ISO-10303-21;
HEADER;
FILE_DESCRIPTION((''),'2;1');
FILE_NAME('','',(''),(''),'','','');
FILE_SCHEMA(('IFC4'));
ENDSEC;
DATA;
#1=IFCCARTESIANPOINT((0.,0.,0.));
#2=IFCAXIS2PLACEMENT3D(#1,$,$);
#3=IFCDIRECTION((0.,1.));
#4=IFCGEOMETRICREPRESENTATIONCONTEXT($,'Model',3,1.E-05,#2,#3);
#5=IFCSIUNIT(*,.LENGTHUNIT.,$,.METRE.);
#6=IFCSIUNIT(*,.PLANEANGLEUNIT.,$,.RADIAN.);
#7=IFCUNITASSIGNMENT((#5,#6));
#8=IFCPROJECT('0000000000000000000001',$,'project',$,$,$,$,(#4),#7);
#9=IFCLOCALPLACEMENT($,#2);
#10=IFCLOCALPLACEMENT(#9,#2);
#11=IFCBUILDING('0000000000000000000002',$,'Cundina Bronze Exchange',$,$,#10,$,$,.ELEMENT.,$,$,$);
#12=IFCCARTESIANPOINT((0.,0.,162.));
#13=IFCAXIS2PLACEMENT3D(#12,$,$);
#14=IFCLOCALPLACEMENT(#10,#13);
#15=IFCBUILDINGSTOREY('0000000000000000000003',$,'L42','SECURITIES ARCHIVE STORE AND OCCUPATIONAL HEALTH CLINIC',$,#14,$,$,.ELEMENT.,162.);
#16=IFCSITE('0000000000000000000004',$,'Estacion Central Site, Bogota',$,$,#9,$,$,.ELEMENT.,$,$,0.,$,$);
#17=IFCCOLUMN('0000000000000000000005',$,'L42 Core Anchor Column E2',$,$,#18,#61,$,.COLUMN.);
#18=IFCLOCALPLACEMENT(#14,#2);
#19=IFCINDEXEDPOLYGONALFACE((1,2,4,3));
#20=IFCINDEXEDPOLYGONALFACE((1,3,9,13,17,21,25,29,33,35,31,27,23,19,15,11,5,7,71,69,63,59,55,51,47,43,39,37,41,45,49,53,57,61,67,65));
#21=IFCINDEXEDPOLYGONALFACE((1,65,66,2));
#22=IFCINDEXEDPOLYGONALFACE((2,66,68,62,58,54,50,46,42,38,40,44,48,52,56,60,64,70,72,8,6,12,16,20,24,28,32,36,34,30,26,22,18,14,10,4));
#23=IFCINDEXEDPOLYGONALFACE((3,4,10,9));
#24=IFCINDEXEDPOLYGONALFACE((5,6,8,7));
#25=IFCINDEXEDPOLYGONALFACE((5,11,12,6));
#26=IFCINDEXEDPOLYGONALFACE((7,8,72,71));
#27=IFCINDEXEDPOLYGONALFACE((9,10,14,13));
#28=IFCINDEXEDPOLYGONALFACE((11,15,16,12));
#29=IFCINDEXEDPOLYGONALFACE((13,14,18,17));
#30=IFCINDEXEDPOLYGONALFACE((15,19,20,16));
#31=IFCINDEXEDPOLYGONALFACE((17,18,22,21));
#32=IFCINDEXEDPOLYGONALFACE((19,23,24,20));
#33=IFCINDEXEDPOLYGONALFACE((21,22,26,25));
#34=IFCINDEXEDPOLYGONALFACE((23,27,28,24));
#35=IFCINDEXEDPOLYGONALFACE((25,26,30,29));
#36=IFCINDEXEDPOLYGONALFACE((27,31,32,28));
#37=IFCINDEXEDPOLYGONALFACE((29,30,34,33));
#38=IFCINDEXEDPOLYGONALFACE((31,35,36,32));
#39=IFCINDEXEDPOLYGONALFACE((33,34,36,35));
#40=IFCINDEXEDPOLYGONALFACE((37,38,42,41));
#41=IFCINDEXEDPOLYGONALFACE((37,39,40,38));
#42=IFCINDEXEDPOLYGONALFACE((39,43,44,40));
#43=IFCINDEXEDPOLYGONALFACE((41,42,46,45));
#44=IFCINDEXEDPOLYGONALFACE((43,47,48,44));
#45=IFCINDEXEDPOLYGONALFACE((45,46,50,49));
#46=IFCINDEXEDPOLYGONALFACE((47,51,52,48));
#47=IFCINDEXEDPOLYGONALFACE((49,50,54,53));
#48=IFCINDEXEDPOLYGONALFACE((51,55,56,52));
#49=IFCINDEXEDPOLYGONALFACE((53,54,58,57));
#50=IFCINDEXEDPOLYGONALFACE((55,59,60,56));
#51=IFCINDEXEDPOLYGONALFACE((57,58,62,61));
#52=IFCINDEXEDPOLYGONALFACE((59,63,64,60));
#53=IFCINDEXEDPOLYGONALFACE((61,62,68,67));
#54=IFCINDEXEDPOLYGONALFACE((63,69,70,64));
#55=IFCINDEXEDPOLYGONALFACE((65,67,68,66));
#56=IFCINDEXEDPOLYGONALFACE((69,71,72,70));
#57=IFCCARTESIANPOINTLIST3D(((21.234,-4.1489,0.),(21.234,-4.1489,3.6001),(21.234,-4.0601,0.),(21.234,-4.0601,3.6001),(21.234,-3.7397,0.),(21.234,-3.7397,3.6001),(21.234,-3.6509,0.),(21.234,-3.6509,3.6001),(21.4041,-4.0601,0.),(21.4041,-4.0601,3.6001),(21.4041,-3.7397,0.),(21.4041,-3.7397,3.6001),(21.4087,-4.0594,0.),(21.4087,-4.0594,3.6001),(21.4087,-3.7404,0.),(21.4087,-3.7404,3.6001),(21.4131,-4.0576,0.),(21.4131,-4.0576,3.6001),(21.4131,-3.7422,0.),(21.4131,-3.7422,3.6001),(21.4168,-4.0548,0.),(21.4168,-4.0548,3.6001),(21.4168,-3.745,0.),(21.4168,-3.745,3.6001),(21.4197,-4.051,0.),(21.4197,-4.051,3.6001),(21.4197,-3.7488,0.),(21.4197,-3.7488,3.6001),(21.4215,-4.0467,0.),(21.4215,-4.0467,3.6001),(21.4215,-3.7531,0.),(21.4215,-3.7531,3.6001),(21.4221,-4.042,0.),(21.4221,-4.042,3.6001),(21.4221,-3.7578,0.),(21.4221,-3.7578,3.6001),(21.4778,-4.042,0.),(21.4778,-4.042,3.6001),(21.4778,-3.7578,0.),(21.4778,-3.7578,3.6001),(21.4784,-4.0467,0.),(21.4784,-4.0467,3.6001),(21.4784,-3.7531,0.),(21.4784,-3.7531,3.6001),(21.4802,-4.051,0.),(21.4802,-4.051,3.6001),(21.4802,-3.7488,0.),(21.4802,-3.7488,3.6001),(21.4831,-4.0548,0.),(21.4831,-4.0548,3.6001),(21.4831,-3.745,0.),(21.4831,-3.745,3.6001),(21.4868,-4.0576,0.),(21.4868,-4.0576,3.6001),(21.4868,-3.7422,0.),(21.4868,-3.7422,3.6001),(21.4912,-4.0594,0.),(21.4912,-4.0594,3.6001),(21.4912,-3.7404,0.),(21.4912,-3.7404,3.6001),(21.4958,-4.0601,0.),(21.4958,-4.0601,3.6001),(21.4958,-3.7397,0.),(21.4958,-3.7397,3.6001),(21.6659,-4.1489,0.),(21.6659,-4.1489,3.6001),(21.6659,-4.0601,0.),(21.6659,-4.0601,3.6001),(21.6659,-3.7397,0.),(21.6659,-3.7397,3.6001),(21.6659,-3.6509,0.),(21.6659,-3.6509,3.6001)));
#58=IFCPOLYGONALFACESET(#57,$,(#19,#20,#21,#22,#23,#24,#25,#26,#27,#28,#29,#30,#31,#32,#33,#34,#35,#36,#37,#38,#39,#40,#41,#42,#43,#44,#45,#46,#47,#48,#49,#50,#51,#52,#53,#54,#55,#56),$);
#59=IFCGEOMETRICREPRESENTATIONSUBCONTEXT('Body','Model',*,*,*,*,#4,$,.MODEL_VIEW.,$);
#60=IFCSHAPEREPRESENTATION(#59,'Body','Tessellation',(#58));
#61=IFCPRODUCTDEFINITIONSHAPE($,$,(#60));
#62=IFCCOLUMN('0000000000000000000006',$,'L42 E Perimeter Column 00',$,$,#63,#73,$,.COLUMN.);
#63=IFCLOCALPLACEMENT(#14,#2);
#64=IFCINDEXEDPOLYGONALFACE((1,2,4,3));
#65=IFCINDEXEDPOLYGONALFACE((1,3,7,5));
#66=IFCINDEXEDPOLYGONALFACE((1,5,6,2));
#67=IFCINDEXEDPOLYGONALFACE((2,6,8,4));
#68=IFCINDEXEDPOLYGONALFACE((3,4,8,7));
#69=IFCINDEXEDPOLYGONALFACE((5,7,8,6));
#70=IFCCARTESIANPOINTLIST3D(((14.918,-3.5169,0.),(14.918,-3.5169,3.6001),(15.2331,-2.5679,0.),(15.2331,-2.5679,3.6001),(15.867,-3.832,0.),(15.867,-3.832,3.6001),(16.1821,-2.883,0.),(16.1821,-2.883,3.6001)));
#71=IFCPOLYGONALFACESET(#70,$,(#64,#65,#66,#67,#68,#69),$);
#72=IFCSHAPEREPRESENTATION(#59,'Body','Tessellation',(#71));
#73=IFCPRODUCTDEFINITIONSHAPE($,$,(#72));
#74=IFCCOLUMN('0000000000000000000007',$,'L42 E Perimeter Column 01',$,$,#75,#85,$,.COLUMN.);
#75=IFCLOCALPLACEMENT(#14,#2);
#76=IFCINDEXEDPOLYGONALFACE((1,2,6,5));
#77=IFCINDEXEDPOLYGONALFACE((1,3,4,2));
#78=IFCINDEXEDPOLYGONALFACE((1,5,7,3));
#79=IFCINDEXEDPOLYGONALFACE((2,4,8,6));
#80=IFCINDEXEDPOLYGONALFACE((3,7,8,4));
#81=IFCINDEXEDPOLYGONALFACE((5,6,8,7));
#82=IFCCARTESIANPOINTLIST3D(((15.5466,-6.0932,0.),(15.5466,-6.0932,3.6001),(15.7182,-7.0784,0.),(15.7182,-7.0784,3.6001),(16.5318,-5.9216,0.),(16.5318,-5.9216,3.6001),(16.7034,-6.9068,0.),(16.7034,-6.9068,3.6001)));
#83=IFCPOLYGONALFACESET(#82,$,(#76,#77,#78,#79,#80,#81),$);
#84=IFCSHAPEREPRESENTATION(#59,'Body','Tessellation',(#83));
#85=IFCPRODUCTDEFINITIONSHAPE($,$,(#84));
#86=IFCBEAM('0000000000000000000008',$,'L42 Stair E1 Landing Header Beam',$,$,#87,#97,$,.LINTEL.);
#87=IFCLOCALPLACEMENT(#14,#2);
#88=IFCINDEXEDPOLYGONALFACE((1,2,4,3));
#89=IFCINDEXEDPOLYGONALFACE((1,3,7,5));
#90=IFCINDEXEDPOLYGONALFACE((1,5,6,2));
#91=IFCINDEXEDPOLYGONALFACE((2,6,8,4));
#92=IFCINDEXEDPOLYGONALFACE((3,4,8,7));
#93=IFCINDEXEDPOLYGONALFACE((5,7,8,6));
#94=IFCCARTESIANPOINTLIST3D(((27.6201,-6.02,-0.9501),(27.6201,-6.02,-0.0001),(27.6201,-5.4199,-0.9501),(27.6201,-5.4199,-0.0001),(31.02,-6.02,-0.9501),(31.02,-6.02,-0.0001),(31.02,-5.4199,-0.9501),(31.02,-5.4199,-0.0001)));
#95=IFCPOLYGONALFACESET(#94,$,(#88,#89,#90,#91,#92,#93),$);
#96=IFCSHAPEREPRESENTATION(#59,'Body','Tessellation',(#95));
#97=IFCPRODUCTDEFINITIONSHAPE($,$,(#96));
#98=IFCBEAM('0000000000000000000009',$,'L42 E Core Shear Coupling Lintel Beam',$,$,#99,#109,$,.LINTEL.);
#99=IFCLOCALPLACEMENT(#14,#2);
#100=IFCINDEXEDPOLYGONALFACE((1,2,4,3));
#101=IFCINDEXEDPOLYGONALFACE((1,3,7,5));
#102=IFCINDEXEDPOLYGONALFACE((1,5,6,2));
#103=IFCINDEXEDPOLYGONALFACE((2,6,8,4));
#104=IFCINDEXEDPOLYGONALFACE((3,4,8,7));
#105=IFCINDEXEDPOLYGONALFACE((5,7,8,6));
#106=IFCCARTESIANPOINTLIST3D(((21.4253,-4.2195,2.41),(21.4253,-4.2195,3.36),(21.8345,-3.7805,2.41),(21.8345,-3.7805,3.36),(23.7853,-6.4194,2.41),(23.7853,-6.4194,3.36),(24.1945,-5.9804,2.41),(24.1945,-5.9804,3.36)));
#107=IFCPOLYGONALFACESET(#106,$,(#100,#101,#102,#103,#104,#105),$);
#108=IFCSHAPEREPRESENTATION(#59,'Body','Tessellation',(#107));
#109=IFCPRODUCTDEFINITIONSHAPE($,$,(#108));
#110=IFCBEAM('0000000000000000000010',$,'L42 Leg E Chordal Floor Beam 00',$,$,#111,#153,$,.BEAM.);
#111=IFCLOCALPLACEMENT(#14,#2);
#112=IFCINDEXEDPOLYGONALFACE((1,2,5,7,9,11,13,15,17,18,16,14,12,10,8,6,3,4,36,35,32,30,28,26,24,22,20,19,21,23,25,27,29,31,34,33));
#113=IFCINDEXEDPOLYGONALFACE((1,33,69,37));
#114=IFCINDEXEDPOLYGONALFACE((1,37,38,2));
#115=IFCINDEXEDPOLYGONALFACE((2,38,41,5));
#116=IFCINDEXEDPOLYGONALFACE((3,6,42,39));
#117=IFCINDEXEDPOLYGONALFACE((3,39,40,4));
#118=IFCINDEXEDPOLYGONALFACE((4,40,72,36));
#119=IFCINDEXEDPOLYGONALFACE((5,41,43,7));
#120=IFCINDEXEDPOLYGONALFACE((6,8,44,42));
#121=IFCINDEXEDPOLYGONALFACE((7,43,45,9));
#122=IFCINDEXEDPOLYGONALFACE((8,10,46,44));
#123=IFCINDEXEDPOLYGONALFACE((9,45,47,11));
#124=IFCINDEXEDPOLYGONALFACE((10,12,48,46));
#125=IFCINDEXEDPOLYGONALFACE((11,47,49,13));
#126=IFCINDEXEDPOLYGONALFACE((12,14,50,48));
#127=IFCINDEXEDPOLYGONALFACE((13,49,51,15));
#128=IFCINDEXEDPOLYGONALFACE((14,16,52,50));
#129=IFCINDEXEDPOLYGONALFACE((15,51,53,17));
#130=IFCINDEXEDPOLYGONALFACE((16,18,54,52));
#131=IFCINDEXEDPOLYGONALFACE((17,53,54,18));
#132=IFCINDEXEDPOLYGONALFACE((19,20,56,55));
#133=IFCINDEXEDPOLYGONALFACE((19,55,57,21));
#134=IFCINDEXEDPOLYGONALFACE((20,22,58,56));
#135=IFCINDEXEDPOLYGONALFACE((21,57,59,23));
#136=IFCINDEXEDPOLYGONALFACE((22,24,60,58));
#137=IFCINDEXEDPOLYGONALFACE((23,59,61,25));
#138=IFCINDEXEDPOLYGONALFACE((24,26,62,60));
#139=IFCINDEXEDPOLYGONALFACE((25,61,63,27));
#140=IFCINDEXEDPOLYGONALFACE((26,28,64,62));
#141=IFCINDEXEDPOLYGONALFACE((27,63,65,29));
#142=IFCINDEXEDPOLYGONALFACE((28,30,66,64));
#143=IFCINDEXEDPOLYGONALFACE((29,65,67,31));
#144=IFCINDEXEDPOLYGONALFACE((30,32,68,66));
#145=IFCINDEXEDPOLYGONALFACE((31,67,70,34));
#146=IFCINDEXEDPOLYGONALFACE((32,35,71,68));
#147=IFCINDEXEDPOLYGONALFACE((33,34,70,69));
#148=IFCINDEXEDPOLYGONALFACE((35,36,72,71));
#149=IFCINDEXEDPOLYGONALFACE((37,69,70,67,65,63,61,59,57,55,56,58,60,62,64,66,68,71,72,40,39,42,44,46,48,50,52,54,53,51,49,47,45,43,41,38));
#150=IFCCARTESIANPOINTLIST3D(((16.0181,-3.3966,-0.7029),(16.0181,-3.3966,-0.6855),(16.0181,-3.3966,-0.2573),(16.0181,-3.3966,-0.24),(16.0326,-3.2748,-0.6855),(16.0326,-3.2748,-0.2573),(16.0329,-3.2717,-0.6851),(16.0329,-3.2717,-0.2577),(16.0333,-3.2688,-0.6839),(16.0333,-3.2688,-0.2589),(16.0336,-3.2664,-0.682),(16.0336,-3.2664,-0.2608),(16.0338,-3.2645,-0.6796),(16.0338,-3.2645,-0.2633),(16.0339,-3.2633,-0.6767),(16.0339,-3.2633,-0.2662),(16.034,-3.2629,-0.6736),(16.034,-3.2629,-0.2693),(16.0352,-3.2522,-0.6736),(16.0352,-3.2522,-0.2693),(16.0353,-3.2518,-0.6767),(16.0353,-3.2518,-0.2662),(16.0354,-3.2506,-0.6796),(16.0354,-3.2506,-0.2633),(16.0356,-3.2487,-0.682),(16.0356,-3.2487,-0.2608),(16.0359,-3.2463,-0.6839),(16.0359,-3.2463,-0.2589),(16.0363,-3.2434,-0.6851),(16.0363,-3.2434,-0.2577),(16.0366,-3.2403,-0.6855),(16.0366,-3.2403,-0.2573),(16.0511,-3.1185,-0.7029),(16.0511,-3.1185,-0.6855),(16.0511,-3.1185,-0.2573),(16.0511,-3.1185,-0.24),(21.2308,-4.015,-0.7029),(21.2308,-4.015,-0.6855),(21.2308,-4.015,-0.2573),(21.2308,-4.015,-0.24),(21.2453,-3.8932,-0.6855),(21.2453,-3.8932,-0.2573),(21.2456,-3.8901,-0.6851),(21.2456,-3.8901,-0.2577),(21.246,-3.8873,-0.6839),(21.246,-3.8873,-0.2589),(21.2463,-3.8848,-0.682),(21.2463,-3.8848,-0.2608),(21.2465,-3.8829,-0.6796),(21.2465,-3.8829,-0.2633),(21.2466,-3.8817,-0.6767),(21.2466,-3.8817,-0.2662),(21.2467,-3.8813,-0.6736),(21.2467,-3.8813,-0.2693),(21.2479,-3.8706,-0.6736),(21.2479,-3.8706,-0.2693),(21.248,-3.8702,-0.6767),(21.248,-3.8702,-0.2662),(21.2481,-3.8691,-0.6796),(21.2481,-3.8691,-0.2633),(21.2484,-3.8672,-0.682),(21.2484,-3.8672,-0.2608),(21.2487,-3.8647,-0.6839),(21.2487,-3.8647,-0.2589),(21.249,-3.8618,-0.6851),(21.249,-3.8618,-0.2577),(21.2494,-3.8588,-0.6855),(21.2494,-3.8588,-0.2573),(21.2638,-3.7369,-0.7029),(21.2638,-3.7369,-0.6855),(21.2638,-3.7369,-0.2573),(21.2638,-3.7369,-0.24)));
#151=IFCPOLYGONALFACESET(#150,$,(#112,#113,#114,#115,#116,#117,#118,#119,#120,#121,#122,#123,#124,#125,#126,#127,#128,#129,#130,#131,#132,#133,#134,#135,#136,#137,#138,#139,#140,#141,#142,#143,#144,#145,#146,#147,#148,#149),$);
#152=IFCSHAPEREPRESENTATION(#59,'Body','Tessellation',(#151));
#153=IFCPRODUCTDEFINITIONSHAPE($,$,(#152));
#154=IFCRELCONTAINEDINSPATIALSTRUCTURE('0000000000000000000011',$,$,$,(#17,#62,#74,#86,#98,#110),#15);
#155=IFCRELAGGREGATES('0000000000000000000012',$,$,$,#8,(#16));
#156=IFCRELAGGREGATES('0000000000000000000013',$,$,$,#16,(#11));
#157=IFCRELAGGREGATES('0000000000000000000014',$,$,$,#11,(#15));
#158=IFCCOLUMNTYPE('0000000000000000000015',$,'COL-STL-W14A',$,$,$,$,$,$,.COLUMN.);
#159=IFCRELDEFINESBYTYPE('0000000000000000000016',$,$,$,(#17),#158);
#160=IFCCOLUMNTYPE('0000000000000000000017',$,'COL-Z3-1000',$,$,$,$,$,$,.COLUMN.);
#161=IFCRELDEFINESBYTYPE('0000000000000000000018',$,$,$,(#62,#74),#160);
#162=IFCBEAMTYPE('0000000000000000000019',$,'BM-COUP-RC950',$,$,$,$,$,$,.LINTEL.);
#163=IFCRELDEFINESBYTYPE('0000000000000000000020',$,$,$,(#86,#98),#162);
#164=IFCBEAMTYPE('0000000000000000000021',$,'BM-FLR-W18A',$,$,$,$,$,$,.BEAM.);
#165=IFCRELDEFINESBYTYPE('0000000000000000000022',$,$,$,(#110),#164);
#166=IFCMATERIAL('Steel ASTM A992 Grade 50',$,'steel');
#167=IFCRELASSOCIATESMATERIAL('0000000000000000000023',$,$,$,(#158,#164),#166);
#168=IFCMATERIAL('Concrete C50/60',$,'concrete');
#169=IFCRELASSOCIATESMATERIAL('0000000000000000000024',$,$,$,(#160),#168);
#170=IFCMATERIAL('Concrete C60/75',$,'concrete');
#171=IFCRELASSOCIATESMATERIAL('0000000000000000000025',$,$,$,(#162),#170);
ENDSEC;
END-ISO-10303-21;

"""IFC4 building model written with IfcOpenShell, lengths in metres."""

from ifc_helpers import new_model, si_unit, direction, frame, origin, origin_2d, place, context, subcontext, project, spatial, rectangle, i_section, extrude, material, material_profile, profile_set, type_object, element, save


model = new_model("IFC4")

# Units and contexts
model_context = context("Model", 3, precision=1e-05, world=origin(), true_north=direction((0.0, 1.0)))
body_context = subcontext(model_context, "Body", "Model", "MODEL_VIEW")
ifc_project = project(units=[si_unit("LENGTHUNIT", "METRE"), si_unit("PLANEANGLEUNIT", "RADIAN")], contexts=[model_context])

# Site, building, storey
site_placement = place(None, origin())
site = spatial("IfcSite", under=ifc_project, at=site_placement, Name="Estacion Central Site, Bogota", CompositionType="ELEMENT", RefElevation=0.0)
building_placement = place(site_placement, origin())
building = spatial("IfcBuilding", under=site, at=building_placement, Name="Cundina Bronze Exchange", CompositionType="ELEMENT")
storey_placement = place(building_placement, frame((0.0, 0.0, 162.0)))
storey = spatial("IfcBuildingStorey", under=building, at=storey_placement, Name="L42", Description="SECURITIES ARCHIVE STORE AND OCCUPATIONAL HEALTH CLINIC", CompositionType="ELEMENT", Elevation=162.0)

# Columns
ifc_material_1 = material(Name="Steel ASTM A992 Grade 50", Category="steel")
ifc_material_profile_1 = material_profile(ifc_material_1, i_section(OverallWidth=0.4319, OverallDepth=0.498, WebThickness=0.0557, FlangeThickness=0.0889, FilletRadius=0.0181, at=origin_2d()), Name="W14X500", Category="steel")
ifc_profile_set_1 = profile_set([ifc_material_profile_1], Name="Steel ASTM A992 Grade 50")
column_type_1 = type_object("IfcColumnType", Name="COL-STL-W14A", PredefinedType="COLUMN", material=ifc_profile_set_1)
column_placement = place(storey_placement, frame((21.45, -3.8999, 0.0), z_axis=(0.0, 0.0, 1.0), x_axis=(1.0, 0.0, 0.0)))
element("IfcColumn", 1, at=column_placement, inside=storey, type_object=column_type_1, Name="L42 Core Anchor Column E2", PredefinedType="COLUMN", context=body_context, shape_type="SweptSolid", body=[
    extrude(i_section(OverallWidth=0.4319, OverallDepth=0.498, WebThickness=0.0557, FlangeThickness=0.0889, FilletRadius=0.0181, at=origin_2d()), origin(), (0.0, 0.0, 1.0), 3.6001),
])
ifc_material_2 = material(Name="Concrete C50/60", Category="concrete")
ifc_material_profile_2 = material_profile(ifc_material_2, rectangle(XDim=1.0, YDim=1.0, at=origin_2d()), Name="RC1000X1000", Category="concrete")
ifc_profile_set_2 = profile_set([ifc_material_profile_2], Name="Concrete C50/60")
column_type_2 = type_object("IfcColumnType", Name="COL-Z3-1000", PredefinedType="COLUMN", material=ifc_profile_set_2)
for number, where, z_axis, x_axis, name in (
    (2, (15.55, -3.2, 0.0), (0.0, 0.0, 1.0), (-0.315152, -0.949041, 0.0), "L42 E Perimeter Column 00"),
    (3, (16.125, -6.5, 0.0), (0.0, 0.0, 1.0), (0.171585, -0.985169, 0.0), "L42 E Perimeter Column 01"),
):
    element("IfcColumn", number, at=place(storey_placement, frame(where, z_axis=z_axis, x_axis=x_axis)), inside=storey, type_object=column_type_2, Name=name, PredefinedType="COLUMN", context=body_context, shape_type="SweptSolid", body=[
        extrude(rectangle(XDim=1.0, YDim=1.0, at=origin_2d()), origin(), (0.0, 0.0, 1.0), 3.6001),
    ])

# Beams
ifc_material_3 = material(Name="Concrete C60/75", Category="concrete")
ifc_material_profile_3 = material_profile(ifc_material_3, rectangle(XDim=0.6001, YDim=0.95, at=origin_2d()), Name="RC600X950", Category="concrete")
ifc_profile_set_3 = profile_set([ifc_material_profile_3], Name="Concrete C60/75")
beam_type_1 = type_object("IfcBeamType", Name="BM-COUP-RC950", PredefinedType="LINTEL", material=ifc_profile_set_3)
beam_1_placement = place(storey_placement, frame((27.6201, -5.72, -0.4751), z_axis=(1.0, 0.0, 0.0), x_axis=(0.0, 1.0, 0.0)))
element("IfcBeam", 4, at=beam_1_placement, inside=storey, type_object=beam_type_1, Name="L42 Stair E1 Landing Header Beam", PredefinedType="LINTEL", context=body_context, shape_type="SweptSolid", body=[
    extrude(rectangle(XDim=0.6001, YDim=0.95, at=origin_2d()), origin(), (0.0, 0.0, 1.0), 3.3999),
])
beam_2_placement = place(storey_placement, frame((21.6299, -4.0, 2.885), z_axis=(0.73149, -0.681852, 0.0), x_axis=(0.681852, 0.73149, 0.0)))
element("IfcBeam", 5, at=beam_2_placement, inside=storey, type_object=beam_type_1, Name="L42 E Core Shear Coupling Lintel Beam", PredefinedType="LINTEL", context=body_context, shape_type="SweptSolid", body=[
    extrude(rectangle(XDim=0.6001, YDim=0.95, at=origin_2d()), origin(), (0.0, 0.0, 1.0), 3.2263),
])
ifc_material_profile_4 = material_profile(ifc_material_1, i_section(OverallWidth=0.28, OverallDepth=0.4629, WebThickness=0.0107, FlangeThickness=0.0173, FilletRadius=0.012, at=origin_2d()), Name="W18X76", Category="steel")
ifc_profile_set_4 = profile_set([ifc_material_profile_4], Name="Steel ASTM A992 Grade 50")
beam_type_2 = type_object("IfcBeamType", Name="BM-FLR-W18A", PredefinedType="BEAM", material=ifc_profile_set_4)
beam_3_placement = place(storey_placement, frame((21.2473, -3.876, -0.4714), z_axis=(-0.993036, 0.11781, 0.0), x_axis=(-0.11781, -0.993036, 0.0)))
element("IfcBeam", 6, at=beam_3_placement, inside=storey, type_object=beam_type_2, Name="L42 Leg E Chordal Floor Beam 00", PredefinedType="BEAM", context=body_context, shape_type="SweptSolid", body=[
    extrude(i_section(OverallWidth=0.28, OverallDepth=0.4629, WebThickness=0.0107, FlangeThickness=0.0173, FilletRadius=0.012, at=origin_2d()), origin(), (0.0, 0.0, 1.0), 5.2493),
])

save(model, "model.ifc")
